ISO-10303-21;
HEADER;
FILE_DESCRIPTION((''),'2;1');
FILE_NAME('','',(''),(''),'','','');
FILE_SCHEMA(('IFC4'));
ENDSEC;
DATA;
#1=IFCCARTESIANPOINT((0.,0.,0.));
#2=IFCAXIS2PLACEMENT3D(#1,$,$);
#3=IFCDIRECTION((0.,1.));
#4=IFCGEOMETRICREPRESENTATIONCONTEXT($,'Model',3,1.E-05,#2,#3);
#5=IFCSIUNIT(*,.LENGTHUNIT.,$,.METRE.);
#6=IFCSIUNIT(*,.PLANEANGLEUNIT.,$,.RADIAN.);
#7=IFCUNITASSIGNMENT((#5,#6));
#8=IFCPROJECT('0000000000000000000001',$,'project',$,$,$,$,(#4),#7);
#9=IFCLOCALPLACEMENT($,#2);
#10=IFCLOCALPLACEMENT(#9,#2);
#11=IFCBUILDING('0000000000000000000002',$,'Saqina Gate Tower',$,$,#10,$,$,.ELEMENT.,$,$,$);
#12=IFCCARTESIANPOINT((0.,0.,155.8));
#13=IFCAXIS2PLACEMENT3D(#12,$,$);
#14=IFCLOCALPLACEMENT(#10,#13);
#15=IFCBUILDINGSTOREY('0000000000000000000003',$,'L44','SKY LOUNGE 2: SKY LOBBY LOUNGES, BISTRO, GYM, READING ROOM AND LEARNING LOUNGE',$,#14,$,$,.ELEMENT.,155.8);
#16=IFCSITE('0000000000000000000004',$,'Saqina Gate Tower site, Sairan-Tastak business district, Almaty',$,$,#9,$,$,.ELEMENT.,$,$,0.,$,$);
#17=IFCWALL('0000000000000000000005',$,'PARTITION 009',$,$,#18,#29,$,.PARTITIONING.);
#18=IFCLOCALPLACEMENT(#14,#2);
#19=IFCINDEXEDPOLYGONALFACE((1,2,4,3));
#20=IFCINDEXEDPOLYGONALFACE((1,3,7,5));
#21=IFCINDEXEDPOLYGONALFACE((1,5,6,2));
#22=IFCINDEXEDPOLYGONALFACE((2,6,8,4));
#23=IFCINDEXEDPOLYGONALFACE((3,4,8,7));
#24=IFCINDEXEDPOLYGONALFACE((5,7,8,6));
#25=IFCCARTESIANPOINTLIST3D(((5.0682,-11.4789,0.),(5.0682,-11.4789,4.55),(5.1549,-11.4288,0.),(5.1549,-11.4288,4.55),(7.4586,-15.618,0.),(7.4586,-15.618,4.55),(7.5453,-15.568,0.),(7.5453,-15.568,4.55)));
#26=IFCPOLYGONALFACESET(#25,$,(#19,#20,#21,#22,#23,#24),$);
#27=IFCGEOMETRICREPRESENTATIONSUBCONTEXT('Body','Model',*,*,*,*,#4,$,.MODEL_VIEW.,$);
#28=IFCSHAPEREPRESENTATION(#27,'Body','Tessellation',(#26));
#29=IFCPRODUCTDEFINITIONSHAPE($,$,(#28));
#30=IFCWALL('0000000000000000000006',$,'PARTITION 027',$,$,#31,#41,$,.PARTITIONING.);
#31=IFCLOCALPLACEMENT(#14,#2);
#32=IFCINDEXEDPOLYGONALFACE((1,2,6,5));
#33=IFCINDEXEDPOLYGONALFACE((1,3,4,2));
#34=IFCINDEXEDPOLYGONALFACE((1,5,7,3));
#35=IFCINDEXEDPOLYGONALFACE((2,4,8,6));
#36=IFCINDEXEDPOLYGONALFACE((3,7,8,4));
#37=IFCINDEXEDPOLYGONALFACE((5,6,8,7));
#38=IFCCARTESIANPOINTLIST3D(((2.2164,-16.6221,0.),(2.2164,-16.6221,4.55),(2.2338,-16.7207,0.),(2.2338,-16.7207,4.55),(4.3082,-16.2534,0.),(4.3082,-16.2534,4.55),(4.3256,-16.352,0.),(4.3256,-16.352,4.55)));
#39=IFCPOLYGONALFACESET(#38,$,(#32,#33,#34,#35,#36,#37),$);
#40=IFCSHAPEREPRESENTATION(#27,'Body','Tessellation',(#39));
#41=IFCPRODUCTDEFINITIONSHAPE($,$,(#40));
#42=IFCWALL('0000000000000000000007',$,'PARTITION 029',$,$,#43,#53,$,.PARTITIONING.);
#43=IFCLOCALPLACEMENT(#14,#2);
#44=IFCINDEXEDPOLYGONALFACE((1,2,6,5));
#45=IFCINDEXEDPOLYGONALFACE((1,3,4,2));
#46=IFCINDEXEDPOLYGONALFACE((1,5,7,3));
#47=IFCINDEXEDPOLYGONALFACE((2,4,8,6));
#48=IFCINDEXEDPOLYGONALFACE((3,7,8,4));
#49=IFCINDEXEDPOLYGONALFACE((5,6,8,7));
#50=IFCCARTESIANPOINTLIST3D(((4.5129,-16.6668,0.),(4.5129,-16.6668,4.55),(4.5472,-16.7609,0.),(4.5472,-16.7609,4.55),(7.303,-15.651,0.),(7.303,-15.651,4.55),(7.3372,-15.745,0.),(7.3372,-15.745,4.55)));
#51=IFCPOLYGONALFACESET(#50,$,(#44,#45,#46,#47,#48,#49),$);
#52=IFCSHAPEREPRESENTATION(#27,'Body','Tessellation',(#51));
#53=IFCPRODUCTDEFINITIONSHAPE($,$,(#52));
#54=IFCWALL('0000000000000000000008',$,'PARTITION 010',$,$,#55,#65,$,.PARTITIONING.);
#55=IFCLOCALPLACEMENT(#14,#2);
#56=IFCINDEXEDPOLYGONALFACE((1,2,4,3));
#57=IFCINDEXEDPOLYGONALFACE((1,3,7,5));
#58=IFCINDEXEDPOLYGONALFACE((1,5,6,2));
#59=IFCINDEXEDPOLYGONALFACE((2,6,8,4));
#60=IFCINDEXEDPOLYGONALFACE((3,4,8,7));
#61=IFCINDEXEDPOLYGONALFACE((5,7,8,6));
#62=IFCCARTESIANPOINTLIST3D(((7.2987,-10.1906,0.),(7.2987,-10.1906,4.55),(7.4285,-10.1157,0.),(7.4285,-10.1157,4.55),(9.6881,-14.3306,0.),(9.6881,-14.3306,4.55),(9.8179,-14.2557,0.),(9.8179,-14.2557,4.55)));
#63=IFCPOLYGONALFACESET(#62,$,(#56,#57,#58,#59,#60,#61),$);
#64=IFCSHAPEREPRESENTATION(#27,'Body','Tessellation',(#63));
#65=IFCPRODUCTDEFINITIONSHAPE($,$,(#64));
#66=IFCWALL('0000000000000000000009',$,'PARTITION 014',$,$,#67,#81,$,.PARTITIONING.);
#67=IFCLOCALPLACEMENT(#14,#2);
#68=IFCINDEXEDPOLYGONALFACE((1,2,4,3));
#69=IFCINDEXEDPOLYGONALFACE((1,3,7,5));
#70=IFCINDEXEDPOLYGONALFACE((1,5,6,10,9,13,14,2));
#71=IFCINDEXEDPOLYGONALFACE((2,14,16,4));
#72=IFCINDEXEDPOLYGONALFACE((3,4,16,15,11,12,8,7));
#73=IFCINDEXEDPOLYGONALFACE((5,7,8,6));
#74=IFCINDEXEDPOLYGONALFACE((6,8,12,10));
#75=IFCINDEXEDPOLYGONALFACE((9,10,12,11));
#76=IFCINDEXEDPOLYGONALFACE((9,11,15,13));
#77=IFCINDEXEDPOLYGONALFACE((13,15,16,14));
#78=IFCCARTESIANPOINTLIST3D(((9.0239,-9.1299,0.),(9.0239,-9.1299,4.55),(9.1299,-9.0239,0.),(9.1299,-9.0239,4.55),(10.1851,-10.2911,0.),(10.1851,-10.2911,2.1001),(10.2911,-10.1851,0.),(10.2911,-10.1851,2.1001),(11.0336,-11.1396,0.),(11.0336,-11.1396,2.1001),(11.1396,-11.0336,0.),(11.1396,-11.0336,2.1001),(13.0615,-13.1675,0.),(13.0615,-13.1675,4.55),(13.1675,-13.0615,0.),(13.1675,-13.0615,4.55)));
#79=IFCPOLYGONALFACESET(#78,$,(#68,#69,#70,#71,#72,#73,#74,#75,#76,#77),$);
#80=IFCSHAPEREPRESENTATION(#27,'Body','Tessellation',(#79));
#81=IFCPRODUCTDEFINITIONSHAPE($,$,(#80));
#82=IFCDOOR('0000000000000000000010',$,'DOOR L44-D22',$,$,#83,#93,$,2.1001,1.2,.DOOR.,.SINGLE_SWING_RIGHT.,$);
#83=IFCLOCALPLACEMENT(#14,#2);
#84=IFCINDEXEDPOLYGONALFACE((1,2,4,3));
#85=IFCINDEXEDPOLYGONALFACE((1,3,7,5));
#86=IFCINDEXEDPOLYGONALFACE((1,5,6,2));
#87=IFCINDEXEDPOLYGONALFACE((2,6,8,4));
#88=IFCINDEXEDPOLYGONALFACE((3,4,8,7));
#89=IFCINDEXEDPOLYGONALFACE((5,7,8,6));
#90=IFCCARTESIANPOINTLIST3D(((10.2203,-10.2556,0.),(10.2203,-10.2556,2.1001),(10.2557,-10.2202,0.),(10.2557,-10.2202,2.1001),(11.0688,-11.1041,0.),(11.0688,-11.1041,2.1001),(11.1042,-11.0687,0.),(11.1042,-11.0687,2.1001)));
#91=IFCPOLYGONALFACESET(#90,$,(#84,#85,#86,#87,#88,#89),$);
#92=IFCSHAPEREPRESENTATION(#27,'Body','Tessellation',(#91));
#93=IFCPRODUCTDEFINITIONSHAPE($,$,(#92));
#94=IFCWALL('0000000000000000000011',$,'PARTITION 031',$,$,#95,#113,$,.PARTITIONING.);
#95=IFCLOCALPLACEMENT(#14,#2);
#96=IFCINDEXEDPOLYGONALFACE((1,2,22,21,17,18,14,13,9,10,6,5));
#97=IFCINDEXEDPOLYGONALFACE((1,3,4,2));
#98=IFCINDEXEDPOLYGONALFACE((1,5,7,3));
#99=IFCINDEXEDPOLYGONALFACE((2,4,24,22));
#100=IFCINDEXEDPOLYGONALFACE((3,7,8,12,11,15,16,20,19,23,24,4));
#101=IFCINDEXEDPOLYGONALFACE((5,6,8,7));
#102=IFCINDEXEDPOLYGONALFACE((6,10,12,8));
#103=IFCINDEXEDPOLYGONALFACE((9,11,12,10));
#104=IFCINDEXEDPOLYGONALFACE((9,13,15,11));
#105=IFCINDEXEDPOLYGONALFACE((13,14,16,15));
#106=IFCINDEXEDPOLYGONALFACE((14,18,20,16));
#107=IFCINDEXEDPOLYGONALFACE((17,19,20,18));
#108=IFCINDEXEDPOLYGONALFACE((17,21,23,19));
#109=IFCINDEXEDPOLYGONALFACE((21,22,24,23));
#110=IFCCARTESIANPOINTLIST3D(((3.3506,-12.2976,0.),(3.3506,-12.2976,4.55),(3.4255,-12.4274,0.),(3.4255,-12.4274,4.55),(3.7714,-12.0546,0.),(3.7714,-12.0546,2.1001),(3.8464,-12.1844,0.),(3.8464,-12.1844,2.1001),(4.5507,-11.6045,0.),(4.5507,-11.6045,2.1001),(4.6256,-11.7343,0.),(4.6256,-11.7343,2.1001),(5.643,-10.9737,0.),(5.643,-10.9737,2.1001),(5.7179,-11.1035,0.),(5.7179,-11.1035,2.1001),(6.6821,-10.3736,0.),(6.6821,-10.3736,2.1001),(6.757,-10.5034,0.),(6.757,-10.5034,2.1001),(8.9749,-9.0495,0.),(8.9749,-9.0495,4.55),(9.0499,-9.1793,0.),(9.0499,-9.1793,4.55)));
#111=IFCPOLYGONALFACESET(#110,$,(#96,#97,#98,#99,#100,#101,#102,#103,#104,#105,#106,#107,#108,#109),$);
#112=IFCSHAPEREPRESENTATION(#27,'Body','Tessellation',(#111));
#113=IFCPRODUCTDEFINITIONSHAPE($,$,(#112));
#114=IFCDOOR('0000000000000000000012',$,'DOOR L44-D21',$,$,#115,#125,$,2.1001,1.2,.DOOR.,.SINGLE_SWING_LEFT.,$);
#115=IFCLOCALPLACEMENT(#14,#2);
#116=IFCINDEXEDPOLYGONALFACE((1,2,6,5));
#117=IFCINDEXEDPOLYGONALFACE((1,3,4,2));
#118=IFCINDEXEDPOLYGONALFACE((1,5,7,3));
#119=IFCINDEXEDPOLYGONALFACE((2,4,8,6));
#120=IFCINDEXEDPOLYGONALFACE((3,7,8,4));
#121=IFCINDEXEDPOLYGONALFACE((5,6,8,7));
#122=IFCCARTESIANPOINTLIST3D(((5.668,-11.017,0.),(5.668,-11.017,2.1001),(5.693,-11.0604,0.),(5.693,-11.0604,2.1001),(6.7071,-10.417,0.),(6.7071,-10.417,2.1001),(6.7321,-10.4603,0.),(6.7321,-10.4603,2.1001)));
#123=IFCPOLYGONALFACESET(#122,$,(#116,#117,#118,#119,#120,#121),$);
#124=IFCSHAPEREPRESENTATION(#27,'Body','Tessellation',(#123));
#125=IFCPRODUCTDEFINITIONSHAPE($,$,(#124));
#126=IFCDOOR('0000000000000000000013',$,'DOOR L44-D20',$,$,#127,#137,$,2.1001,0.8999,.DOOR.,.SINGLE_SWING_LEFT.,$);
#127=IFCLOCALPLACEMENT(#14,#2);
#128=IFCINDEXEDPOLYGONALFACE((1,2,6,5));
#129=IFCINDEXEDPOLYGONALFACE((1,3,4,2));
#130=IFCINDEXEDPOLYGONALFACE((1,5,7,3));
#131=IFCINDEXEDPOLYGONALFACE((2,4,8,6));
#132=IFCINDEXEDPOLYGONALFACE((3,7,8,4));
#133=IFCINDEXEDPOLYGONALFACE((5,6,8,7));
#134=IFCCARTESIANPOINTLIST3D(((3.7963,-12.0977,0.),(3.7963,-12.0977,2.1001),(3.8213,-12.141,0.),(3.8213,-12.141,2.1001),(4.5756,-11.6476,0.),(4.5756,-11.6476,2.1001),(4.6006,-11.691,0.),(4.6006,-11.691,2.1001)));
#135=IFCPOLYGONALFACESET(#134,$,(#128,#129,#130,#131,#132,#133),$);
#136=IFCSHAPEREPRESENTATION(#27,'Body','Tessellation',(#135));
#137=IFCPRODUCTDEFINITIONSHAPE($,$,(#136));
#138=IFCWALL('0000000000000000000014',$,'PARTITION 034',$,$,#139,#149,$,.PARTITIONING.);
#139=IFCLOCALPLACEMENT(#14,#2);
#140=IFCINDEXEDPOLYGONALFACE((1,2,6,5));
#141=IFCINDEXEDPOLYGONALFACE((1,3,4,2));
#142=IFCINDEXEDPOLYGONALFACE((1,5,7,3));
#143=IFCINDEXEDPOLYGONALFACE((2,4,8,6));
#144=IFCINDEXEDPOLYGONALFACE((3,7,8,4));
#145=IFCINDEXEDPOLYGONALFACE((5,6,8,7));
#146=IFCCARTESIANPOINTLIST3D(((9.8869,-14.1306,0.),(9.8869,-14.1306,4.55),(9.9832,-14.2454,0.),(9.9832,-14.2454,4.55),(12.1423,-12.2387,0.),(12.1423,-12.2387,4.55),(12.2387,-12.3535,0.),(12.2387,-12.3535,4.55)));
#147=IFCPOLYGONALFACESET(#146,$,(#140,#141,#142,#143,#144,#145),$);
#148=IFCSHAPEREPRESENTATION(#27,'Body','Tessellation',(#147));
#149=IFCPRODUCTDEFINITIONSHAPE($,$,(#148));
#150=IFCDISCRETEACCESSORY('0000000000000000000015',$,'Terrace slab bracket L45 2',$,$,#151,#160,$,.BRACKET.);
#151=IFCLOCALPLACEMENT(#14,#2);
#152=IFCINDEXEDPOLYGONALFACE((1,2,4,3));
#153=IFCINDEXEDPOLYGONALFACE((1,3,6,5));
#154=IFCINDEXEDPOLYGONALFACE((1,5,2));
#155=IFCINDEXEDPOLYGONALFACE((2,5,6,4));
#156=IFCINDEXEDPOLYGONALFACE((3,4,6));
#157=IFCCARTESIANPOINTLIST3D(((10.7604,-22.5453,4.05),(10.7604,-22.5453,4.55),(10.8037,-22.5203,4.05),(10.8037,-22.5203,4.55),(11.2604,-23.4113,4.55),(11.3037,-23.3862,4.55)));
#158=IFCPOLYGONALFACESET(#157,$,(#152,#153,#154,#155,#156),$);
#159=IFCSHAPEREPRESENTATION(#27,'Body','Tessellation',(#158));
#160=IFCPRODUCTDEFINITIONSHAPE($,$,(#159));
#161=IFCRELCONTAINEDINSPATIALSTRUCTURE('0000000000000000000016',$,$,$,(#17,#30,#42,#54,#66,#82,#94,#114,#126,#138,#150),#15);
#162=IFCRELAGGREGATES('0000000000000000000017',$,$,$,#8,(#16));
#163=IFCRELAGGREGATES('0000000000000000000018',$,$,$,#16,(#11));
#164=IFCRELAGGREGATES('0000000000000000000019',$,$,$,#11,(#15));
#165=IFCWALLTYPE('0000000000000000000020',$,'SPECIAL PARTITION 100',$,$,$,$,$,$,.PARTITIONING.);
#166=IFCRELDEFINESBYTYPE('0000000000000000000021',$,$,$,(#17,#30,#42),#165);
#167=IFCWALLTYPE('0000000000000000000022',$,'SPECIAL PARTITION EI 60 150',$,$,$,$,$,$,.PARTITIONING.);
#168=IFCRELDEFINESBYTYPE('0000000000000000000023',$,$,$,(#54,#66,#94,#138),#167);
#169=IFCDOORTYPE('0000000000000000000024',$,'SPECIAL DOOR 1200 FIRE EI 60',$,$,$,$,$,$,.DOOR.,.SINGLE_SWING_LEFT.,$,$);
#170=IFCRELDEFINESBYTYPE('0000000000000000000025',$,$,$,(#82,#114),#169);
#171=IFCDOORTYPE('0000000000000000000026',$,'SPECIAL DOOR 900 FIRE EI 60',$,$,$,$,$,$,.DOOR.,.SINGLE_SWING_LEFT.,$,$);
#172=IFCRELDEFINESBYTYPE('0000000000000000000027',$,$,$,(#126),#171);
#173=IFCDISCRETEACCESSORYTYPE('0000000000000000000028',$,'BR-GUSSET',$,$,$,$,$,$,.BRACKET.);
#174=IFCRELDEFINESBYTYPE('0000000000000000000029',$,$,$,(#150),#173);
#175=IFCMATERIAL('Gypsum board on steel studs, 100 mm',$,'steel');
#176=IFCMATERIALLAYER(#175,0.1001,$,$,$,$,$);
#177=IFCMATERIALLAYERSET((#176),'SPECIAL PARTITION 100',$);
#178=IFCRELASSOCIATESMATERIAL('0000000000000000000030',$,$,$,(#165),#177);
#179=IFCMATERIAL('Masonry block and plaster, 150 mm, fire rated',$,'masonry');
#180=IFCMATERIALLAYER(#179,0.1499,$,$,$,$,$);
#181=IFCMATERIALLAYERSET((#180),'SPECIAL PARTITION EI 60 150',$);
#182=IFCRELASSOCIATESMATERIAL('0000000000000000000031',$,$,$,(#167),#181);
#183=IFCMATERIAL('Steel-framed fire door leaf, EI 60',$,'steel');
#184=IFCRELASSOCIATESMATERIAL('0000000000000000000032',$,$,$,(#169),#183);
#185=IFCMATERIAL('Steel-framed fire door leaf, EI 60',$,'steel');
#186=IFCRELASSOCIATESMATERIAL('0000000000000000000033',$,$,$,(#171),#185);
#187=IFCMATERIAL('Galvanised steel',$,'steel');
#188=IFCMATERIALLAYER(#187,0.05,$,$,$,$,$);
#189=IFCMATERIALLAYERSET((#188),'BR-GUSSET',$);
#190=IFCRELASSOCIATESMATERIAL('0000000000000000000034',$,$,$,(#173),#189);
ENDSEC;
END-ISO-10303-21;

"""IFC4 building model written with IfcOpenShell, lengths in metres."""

from ifc_helpers import new_model, si_unit, direction, frame, frame_2d, origin, place, context, subcontext, project, spatial, polyline, rectangle, outline, extrude, material, layer, layer_set, type_object, element, fill, save


model = new_model("IFC4")

# Units and contexts
model_context = context("Model", 3, precision=1e-05, world=origin(), true_north=direction((0.0, 1.0)))
body_context = subcontext(model_context, "Body", "Model", "MODEL_VIEW")
ifc_project = project(units=[si_unit("LENGTHUNIT", "METRE"), si_unit("PLANEANGLEUNIT", "RADIAN")], contexts=[model_context])

# Site, building, storey
site_placement = place(None, origin())
site = spatial("IfcSite", under=ifc_project, at=site_placement, Name="Saqina Gate Tower site, Sairan-Tastak business district, Almaty", CompositionType="ELEMENT", RefElevation=0.0)
building_placement = place(site_placement, origin())
building = spatial("IfcBuilding", under=site, at=building_placement, Name="Saqina Gate Tower", CompositionType="ELEMENT")
storey_placement = place(building_placement, frame((0.0, 0.0, 155.8)))
storey = spatial("IfcBuildingStorey", under=building, at=storey_placement, Name="L44", Description="SKY LOUNGE 2: SKY LOBBY LOUNGES, BISTRO, GYM, READING ROOM AND LEARNING LOUNGE", CompositionType="ELEMENT", Elevation=155.8)

# Walls
ifc_material_1 = material(Name="Gypsum board on steel studs, 100 mm", Category="steel")
ifc_layer_1 = layer(ifc_material_1, 0.1001)
ifc_layer_set_1 = layer_set([ifc_layer_1], Name="SPECIAL PARTITION 100")
wall_type_1 = type_object("IfcWallType", Name="SPECIAL PARTITION 100", PredefinedType="PARTITIONING", material=ifc_layer_set_1)
wall_1_placement = place(storey_placement, frame((5.1116, -11.4539, 0.0), z_axis=(0.0, 0.0, 1.0), x_axis=(0.5001, -0.865968, 0.0)))
element("IfcWall", 1, at=wall_1_placement, inside=storey, type_object=wall_type_1, Name="PARTITION 009", PredefinedType="PARTITIONING", context=body_context, shape_type="SweptSolid", body=[
    extrude(rectangle(XDim=4.7798, YDim=0.1001, at=frame_2d((2.3899, 0.0))), origin(), (0.0, 0.0, 1.0), 4.55),
])
wall_2_placement = place(storey_placement, frame((2.2251, -16.6714, 0.0), z_axis=(0.0, 0.0, 1.0), x_axis=(0.984823, 0.173562, 0.0)))
element("IfcWall", 2, at=wall_2_placement, inside=storey, type_object=wall_type_1, Name="PARTITION 027", PredefinedType="PARTITIONING", context=body_context, shape_type="SweptSolid", body=[
    extrude(rectangle(XDim=2.124, YDim=0.1001, at=frame_2d((1.062, 0.0))), origin(), (0.0, 0.0, 1.0), 4.55),
])
wall_3_placement = place(storey_placement, frame((4.53, -16.7139, 0.0), z_axis=(0.0, 0.0, 1.0), x_axis=(0.939652, 0.342133, 0.0)))
element("IfcWall", 3, at=wall_3_placement, inside=storey, type_object=wall_type_1, Name="PARTITION 029", PredefinedType="PARTITIONING", context=body_context, shape_type="SweptSolid", body=[
    extrude(rectangle(XDim=2.9692, YDim=0.1001, at=frame_2d((1.4846, 0.0))), origin(), (0.0, 0.0, 1.0), 4.55),
])
ifc_material_2 = material(Name="Masonry block and plaster, 150 mm, fire rated", Category="masonry")
ifc_layer_2 = layer(ifc_material_2, 0.1499)
ifc_layer_set_2 = layer_set([ifc_layer_2], Name="SPECIAL PARTITION EI 60 150")
wall_type_2 = type_object("IfcWallType", Name="SPECIAL PARTITION EI 60 150", PredefinedType="PARTITIONING", material=ifc_layer_set_2)
wall_4_placement = place(storey_placement, frame((7.3635, -10.1531, 0.0), z_axis=(0.0, 0.0, 1.0), x_axis=(0.49988, -0.866095, 0.0)))
element("IfcWall", 4, at=wall_4_placement, inside=storey, type_object=wall_type_2, Name="PARTITION 010", PredefinedType="PARTITIONING", context=body_context, shape_type="SweptSolid", body=[
    extrude(rectangle(XDim=4.78, YDim=0.1499, at=frame_2d((2.3901, 0.0))), origin(), (0.0, 0.0, 1.0), 4.55),
])

# Wall, opening, door
wall_5_placement = place(storey_placement, frame((9.0769, -9.0769, 0.0), z_axis=(0.0, 0.0, 1.0), x_axis=(0.707107, -0.707107, 0.0)))
wall_5 = element("IfcWall", 5, at=wall_5_placement, inside=storey, type_object=wall_type_2, Name="PARTITION 014", PredefinedType="PARTITIONING", context=body_context, shape_type="SweptSolid", body=[
    extrude(rectangle(XDim=5.71, YDim=0.1499, at=frame_2d((2.855, 0.0))), origin(), (0.0, 0.0, 1.0), 4.55),
])
opening_1_placement = place(wall_5_placement, frame((1.6421, 0.0, 0.0)))
opening_1 = element("IfcOpeningElement", 6, at=opening_1_placement, cuts=wall_5, PredefinedType="OPENING", context=body_context, shape_type="SweptSolid", body=[
    extrude(rectangle(XDim=1.2, YDim=2.1001, at=frame_2d((0.6001, 1.05))), frame((0.0, 0.0869, 0.0), z_axis=(0.0, -1.0, 0.0), x_axis=(1.0, 0.0, 0.0)), (0.0, 0.0, 1.0), 0.1738),
])
ifc_material_3 = material(Name="Steel-framed fire door leaf, EI 60", Category="steel")
door_type_1 = type_object("IfcDoorType", Name="SPECIAL DOOR 1200 FIRE EI 60", OperationType="SINGLE_SWING_LEFT", PredefinedType="DOOR", material=ifc_material_3)
door_1_placement = place(opening_1_placement, frame((1.2, 0.0, 0.0), z_axis=(0.0, 0.0, 1.0), x_axis=(-1.0, 0.0, 0.0)))
door_1 = element("IfcDoor", 7, at=door_1_placement, inside=storey, type_object=door_type_1, Name="DOOR L44-D22", OperationType="SINGLE_SWING_RIGHT", OverallHeight=2.1001, OverallWidth=1.2, PredefinedType="DOOR", context=body_context, shape_type="SweptSolid", body=[
    extrude(rectangle(XDim=1.2, YDim=2.1001, at=frame_2d((0.6001, 1.05))), frame((0.0, 0.0249, 0.0), z_axis=(0.0, -1.0, 0.0), x_axis=(1.0, 0.0, 0.0)), (0.0, 0.0, 1.0), 0.05),
])
fill(opening_1, door_1)

# Wall, openings, doors
wall_6_placement = place(storey_placement, frame((3.3879, -12.3625, 0.0), z_axis=(0.0, 0.0, 1.0), x_axis=(0.865967, 0.500101, 0.0)))
wall_6 = element("IfcWall", 8, at=wall_6_placement, inside=storey, type_object=wall_type_2, Name="PARTITION 031", PredefinedType="PARTITIONING", context=body_context, shape_type="SweptSolid", body=[
    extrude(rectangle(XDim=6.4949, YDim=0.1499, at=frame_2d((3.2476, 0.0))), origin(), (0.0, 0.0, 1.0), 4.55),
])
opening_2_placement = place(wall_6_placement, frame((0.4861, 0.0, 0.0)))
opening_2 = element("IfcOpeningElement", 9, at=opening_2_placement, cuts=wall_6, PredefinedType="OPENING", context=body_context, shape_type="SweptSolid", body=[
    extrude(rectangle(XDim=0.8999, YDim=2.1001, at=frame_2d((0.45, 1.05))), frame((0.0, 0.0869, 0.0), z_axis=(0.0, -1.0, 0.0), x_axis=(1.0, 0.0, 0.0)), (0.0, 0.0, 1.0), 0.1738),
])
opening_3_placement = place(wall_6_placement, frame((2.6472, 0.0, 0.0)))
opening_3 = element("IfcOpeningElement", 10, at=opening_3_placement, cuts=wall_6, PredefinedType="OPENING", context=body_context, shape_type="SweptSolid", body=[
    extrude(rectangle(XDim=1.2, YDim=2.1001, at=frame_2d((0.6001, 1.05))), frame((0.0, 0.0869, 0.0), z_axis=(0.0, -1.0, 0.0), x_axis=(1.0, 0.0, 0.0)), (0.0, 0.0, 1.0), 0.1738),
])
door_2_placement = place(opening_3_placement, origin())
door_2 = element("IfcDoor", 11, at=door_2_placement, inside=storey, type_object=door_type_1, Name="DOOR L44-D21", OperationType="SINGLE_SWING_LEFT", OverallHeight=2.1001, OverallWidth=1.2, PredefinedType="DOOR", context=body_context, shape_type="SweptSolid", body=[
    extrude(rectangle(XDim=1.2, YDim=2.1001, at=frame_2d((0.6001, 1.05))), frame((0.0, 0.0249, 0.0), z_axis=(0.0, -1.0, 0.0), x_axis=(1.0, 0.0, 0.0)), (0.0, 0.0, 1.0), 0.05),
])
fill(opening_3, door_2)
ifc_material_4 = material(Name="Steel-framed fire door leaf, EI 60", Category="steel")
door_type_2 = type_object("IfcDoorType", Name="SPECIAL DOOR 900 FIRE EI 60", OperationType="SINGLE_SWING_LEFT", PredefinedType="DOOR", material=ifc_material_4)
door_3_placement = place(opening_2_placement, frame((0.8999, 0.0, 0.0), z_axis=(0.0, 0.0, 1.0), x_axis=(-1.0, 0.0, 0.0)))
door_3 = element("IfcDoor", 12, at=door_3_placement, inside=storey, type_object=door_type_2, Name="DOOR L44-D20", OperationType="SINGLE_SWING_LEFT", OverallHeight=2.1001, OverallWidth=0.8999, PredefinedType="DOOR", context=body_context, shape_type="SweptSolid", body=[
    extrude(rectangle(XDim=0.8999, YDim=2.1001, at=frame_2d((0.45, 1.05))), frame((0.0, 0.0249, 0.0), z_axis=(0.0, -1.0, 0.0), x_axis=(1.0, 0.0, 0.0)), (0.0, 0.0, 1.0), 0.05),
])
fill(opening_2, door_3)

# Wall
wall_7_placement = place(storey_placement, frame((9.9351, -14.188, 0.0), z_axis=(0.0, 0.0, 1.0), x_axis=(0.766151, 0.642661, 0.0)))
element("IfcWall", 13, at=wall_7_placement, inside=storey, type_object=wall_type_2, Name="PARTITION 034", PredefinedType="PARTITIONING", context=body_context, shape_type="SweptSolid", body=[
    extrude(rectangle(XDim=2.9438, YDim=0.1499, at=frame_2d((1.4719, 0.0))), origin(), (0.0, 0.0, 1.0), 4.55),
])

# Discrete accessory
ifc_material_5 = material(Name="Galvanised steel", Category="steel")
ifc_layer_3 = layer(ifc_material_5, 0.05)
ifc_layer_set_3 = layer_set([ifc_layer_3], Name="BR-GUSSET")
discrete_accessory_type = type_object("IfcDiscreteAccessoryType", Name="BR-GUSSET", PredefinedType="BRACKET", material=ifc_layer_set_3)
discrete_accessory_placement = place(storey_placement, frame((10.8037, -22.5203, 4.05), z_axis=(0.866011, 0.500025, 0.0), x_axis=(0.0, 0.0, 1.0)))
element("IfcDiscreteAccessory", 14, at=discrete_accessory_placement, inside=storey, type_object=discrete_accessory_type, Name="Terrace slab bracket L45 2", PredefinedType="BRACKET", context=body_context, shape_type="SweptSolid", body=[
    extrude(outline(polyline([(0.0, 0.0), (0.5, 0.0), (0.5, 0.9999), (0.0, 0.0)])), origin(), (0.0, 0.0, -1.0), 0.05),
])

save(model, "model.ifc")
